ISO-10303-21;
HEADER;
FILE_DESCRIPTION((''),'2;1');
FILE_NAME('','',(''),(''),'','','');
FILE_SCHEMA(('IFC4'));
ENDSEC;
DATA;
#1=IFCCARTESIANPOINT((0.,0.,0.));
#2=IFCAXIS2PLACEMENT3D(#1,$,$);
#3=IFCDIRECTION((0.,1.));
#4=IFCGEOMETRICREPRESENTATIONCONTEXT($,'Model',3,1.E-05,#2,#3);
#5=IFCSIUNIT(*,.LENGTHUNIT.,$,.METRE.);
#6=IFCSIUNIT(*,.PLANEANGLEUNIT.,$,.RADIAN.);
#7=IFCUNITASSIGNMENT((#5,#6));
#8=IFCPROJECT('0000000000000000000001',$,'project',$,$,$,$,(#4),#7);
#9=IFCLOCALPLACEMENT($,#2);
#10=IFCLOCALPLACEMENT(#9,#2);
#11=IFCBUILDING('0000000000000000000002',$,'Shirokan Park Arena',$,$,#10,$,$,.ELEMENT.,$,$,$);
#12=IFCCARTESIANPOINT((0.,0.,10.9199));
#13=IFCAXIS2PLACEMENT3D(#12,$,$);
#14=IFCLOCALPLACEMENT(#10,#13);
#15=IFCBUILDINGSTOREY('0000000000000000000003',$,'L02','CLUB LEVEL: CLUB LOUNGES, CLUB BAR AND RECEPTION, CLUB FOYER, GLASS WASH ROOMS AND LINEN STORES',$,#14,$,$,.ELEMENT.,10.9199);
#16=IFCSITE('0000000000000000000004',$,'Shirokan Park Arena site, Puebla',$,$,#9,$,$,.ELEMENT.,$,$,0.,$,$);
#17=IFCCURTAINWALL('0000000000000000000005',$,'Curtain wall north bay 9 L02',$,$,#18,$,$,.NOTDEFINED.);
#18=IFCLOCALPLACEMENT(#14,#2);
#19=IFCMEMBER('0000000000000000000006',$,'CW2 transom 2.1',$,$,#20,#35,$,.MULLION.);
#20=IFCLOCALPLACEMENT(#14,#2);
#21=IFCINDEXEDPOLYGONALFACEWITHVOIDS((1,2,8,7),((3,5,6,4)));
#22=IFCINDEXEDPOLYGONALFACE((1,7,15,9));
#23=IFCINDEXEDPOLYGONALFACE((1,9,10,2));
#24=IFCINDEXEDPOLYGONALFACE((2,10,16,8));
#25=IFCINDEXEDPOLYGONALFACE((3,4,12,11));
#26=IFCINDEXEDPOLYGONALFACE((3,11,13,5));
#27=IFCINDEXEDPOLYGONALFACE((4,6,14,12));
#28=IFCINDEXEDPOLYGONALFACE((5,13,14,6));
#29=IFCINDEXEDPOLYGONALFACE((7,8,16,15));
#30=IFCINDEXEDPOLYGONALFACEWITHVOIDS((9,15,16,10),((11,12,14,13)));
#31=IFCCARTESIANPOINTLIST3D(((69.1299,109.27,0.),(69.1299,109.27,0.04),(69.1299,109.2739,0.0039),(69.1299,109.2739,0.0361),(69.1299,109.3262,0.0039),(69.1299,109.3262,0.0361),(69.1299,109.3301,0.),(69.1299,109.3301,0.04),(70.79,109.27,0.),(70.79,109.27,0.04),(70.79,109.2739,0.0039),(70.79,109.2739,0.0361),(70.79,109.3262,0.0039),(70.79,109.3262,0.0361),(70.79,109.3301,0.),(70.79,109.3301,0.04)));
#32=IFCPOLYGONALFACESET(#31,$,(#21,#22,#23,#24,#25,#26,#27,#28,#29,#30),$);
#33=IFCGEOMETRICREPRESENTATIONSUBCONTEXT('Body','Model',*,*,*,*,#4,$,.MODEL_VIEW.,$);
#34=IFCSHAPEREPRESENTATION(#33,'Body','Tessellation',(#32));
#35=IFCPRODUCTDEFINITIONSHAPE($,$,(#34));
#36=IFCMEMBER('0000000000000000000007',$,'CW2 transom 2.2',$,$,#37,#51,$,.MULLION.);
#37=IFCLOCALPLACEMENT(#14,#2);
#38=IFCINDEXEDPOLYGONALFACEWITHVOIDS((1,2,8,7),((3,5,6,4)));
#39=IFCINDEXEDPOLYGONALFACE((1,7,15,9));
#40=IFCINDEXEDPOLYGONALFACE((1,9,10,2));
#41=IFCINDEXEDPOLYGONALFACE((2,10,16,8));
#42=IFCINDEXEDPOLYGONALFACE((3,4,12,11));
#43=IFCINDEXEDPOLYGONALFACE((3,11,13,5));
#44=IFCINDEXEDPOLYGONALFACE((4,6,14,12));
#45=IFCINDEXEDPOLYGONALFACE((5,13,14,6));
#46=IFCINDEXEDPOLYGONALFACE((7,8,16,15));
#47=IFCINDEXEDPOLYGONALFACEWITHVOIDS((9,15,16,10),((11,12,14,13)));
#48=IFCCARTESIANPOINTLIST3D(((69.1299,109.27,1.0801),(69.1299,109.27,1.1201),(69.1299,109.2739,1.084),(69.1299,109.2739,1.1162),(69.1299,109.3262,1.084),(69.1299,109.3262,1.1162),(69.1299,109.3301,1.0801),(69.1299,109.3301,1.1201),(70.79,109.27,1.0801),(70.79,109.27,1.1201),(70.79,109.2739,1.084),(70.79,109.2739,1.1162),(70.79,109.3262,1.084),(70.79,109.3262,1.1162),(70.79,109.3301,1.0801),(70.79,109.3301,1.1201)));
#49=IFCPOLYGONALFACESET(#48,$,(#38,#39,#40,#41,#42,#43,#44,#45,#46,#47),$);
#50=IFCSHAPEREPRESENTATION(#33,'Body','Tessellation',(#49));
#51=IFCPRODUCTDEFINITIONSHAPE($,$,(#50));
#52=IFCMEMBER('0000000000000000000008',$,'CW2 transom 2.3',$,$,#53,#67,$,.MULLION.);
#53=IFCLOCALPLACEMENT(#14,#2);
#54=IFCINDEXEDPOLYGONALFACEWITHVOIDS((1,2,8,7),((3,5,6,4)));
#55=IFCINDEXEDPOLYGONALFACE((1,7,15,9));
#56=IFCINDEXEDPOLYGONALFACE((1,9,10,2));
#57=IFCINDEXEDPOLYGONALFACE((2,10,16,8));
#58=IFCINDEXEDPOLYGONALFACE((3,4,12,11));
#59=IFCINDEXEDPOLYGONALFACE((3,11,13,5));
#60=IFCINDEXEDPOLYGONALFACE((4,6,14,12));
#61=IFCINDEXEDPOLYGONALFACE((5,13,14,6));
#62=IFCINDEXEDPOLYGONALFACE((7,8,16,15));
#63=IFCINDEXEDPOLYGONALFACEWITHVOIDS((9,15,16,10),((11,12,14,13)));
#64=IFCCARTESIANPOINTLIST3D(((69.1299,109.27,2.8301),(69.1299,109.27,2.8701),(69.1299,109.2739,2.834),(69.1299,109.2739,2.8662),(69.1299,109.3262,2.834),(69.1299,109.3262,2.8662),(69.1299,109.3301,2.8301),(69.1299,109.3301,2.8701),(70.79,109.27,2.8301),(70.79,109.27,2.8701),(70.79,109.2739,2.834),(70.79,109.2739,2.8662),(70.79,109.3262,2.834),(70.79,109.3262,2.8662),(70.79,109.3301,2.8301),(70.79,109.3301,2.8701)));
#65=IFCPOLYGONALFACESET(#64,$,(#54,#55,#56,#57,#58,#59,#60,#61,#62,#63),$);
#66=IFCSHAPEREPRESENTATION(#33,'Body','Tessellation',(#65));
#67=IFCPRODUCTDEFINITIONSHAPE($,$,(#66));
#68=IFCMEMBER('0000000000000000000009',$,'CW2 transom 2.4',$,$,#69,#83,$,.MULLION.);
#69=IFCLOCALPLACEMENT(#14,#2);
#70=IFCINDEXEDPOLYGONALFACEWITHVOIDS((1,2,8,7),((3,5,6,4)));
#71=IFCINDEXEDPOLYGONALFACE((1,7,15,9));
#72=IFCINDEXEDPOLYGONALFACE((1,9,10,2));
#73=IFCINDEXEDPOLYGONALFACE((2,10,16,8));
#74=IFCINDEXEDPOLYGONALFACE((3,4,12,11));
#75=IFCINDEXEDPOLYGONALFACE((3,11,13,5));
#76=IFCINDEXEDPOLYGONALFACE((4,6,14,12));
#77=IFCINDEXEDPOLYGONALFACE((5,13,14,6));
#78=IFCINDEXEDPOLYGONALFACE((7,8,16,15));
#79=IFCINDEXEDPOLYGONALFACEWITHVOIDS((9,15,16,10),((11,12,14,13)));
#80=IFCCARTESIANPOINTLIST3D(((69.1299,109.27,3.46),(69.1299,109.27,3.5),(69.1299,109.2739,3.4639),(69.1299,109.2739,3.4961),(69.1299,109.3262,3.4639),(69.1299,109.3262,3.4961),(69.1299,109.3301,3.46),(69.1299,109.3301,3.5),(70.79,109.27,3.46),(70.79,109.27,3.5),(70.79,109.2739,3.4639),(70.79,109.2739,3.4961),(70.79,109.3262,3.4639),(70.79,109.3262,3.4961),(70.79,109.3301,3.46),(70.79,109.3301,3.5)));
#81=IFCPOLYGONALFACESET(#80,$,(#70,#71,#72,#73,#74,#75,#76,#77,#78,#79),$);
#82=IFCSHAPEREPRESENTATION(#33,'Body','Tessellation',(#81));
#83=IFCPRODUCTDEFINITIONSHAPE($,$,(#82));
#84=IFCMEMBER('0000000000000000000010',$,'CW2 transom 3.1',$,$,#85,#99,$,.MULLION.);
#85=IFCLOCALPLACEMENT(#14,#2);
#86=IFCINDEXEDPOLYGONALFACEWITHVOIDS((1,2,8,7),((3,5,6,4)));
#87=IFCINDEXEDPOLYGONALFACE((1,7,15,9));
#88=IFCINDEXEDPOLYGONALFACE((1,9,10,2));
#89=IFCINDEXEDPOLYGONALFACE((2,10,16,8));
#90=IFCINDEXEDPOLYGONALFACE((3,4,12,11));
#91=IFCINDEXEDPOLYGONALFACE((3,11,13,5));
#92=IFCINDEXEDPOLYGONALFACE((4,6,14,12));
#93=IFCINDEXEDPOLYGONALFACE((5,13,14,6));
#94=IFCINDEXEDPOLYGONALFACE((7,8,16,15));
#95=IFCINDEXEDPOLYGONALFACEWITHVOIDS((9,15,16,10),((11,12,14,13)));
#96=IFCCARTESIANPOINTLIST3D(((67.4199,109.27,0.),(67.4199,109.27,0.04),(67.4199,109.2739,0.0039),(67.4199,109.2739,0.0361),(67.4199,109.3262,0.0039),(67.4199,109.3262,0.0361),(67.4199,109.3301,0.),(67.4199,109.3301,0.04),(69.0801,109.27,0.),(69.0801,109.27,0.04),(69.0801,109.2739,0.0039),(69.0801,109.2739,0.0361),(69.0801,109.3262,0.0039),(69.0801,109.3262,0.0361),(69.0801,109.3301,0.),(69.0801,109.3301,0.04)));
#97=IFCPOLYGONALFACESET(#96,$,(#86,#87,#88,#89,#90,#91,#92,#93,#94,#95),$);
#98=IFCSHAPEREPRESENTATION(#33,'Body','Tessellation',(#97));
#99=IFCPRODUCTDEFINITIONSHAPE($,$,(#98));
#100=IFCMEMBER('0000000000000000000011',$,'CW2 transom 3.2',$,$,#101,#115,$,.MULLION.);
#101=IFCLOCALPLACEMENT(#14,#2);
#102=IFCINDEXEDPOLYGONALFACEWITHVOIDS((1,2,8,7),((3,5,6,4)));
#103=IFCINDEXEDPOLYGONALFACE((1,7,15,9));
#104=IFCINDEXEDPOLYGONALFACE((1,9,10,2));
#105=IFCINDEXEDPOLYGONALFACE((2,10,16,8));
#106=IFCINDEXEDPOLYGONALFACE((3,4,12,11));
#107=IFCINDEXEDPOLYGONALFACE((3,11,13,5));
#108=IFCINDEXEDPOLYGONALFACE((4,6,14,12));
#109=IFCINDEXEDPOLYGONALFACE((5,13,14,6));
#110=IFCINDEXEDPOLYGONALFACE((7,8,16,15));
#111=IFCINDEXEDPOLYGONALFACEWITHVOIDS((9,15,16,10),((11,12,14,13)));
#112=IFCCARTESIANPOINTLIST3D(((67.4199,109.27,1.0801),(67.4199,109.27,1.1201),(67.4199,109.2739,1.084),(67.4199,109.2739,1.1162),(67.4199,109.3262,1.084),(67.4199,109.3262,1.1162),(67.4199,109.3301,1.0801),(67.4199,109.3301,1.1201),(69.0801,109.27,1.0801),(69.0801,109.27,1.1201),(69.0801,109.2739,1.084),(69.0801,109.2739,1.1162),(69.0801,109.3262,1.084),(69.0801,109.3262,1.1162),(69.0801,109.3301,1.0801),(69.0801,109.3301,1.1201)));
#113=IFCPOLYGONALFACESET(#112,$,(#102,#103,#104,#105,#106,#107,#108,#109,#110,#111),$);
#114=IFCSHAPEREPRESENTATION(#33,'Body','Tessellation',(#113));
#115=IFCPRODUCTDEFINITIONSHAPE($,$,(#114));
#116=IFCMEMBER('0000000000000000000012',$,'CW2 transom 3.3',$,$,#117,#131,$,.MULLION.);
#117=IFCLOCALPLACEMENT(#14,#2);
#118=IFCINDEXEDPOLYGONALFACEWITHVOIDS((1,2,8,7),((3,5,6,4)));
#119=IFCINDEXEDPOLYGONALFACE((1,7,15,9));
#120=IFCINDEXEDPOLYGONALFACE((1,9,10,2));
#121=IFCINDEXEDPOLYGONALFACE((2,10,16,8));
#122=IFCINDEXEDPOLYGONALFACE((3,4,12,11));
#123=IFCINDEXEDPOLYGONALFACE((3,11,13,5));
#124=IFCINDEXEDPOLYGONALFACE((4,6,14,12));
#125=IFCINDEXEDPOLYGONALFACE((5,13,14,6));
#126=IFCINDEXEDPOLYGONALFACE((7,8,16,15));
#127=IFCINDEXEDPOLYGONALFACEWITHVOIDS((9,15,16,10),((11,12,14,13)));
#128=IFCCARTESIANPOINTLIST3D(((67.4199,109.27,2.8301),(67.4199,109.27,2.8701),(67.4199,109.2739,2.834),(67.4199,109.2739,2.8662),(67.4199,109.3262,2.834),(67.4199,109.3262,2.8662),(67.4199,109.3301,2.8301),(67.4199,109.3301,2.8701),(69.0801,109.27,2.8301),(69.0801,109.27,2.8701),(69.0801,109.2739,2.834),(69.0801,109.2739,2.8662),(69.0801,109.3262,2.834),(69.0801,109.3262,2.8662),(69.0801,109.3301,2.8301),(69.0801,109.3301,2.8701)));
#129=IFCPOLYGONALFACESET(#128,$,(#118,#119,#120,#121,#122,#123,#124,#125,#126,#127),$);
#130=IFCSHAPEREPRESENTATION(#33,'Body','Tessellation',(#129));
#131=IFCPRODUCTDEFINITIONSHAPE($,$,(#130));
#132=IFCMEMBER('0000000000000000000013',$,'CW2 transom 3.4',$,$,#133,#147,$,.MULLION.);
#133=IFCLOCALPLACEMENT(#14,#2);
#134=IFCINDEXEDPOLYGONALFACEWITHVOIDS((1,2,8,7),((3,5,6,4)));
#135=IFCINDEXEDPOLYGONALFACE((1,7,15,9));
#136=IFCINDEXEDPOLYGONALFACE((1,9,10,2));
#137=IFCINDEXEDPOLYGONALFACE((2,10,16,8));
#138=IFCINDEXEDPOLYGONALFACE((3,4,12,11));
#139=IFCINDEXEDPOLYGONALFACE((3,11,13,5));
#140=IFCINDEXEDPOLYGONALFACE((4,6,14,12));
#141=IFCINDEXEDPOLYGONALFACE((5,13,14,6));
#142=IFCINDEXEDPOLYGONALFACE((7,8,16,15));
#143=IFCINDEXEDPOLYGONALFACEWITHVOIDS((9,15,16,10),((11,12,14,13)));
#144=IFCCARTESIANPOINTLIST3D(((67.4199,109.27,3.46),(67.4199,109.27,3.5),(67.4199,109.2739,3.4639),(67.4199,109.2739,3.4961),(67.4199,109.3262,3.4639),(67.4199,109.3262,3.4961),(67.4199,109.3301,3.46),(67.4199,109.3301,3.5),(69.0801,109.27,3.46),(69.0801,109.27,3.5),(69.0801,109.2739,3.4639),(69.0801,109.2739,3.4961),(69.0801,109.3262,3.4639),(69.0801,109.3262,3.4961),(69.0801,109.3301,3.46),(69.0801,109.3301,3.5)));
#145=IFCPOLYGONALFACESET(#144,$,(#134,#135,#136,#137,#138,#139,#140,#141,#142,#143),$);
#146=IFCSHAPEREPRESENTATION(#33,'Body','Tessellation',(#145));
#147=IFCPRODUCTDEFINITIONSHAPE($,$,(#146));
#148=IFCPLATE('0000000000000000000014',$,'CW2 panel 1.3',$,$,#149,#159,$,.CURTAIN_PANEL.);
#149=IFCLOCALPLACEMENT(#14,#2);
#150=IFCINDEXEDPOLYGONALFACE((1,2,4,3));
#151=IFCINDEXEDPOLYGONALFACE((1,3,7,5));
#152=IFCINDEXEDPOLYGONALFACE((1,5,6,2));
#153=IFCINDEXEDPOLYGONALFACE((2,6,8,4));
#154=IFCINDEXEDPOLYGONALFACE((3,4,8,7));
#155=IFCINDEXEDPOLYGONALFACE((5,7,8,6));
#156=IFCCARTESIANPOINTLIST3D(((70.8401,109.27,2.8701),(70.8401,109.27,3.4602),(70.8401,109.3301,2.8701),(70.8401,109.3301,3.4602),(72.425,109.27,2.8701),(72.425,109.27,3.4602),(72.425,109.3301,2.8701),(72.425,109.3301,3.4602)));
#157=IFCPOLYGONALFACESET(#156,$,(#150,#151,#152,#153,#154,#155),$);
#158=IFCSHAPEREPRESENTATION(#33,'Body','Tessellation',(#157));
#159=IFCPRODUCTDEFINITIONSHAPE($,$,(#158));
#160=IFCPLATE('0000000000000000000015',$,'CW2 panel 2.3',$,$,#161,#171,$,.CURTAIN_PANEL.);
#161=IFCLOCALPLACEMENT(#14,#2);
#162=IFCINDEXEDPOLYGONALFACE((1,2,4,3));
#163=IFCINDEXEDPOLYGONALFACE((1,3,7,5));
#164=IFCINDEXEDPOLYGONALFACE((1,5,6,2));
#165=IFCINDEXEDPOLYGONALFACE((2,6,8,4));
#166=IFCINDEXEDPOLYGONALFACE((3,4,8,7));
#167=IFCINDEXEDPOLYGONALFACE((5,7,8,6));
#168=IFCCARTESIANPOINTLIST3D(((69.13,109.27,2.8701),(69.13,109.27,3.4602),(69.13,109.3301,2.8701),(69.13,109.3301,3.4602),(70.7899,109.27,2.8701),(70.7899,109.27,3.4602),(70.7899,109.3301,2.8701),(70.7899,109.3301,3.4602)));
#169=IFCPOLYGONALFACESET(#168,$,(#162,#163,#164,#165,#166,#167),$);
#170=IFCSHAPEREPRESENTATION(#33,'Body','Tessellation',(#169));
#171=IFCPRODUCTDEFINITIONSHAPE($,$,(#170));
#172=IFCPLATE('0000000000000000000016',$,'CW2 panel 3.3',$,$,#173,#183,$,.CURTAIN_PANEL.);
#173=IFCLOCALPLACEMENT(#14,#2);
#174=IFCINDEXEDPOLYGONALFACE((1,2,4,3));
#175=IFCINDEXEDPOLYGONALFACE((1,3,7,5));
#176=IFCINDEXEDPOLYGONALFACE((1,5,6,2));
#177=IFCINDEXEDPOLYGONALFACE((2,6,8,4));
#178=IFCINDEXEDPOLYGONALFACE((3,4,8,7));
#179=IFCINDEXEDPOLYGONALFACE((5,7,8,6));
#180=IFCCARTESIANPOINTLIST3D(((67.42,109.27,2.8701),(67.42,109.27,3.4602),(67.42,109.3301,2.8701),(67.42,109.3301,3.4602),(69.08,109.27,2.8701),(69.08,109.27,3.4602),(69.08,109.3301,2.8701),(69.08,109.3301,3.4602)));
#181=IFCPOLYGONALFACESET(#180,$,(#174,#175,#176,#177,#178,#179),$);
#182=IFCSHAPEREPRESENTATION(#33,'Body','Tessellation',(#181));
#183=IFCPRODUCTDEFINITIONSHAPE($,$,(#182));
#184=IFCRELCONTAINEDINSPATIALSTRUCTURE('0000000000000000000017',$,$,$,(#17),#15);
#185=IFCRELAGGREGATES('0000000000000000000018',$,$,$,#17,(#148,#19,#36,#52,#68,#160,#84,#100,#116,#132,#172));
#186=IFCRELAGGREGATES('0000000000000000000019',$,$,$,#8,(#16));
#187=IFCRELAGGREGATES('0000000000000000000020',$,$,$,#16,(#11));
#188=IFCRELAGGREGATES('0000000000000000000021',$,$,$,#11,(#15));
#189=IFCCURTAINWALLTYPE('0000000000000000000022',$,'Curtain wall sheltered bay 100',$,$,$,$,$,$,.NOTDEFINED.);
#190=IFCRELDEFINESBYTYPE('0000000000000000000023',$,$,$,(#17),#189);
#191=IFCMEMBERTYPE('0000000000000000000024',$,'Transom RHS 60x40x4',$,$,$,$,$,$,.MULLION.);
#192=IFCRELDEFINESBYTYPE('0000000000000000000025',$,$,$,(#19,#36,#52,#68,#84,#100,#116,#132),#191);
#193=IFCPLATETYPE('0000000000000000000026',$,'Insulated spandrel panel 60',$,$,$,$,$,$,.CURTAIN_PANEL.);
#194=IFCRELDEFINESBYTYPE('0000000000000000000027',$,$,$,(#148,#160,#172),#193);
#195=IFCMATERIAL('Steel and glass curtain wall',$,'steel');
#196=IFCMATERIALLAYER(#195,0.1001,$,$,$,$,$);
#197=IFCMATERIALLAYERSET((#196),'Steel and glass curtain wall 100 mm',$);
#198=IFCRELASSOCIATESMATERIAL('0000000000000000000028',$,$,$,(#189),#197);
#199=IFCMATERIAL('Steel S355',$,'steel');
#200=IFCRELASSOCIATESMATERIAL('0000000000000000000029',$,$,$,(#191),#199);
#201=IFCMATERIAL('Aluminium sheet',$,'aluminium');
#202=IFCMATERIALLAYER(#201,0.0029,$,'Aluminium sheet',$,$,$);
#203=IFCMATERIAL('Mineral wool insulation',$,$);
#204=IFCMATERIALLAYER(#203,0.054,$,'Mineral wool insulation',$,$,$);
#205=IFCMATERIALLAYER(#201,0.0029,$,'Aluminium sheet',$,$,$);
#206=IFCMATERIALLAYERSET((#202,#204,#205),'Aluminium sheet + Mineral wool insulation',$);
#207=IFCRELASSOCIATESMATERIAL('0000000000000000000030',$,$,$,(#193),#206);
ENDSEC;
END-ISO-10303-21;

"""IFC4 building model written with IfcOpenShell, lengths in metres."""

from ifc_helpers import new_model, si_unit, direction, frame, origin, origin_2d, place, context, subcontext, project, spatial, rectangle, hollow_rectangle, extrude, material, layer, layer_set, material_profile, profile_set, type_object, element, aggregate, save


model = new_model("IFC4")

# Units and contexts
model_context = context("Model", 3, precision=1e-05, world=origin(), true_north=direction((0.0, 1.0)))
body_context = subcontext(model_context, "Body", "Model", "MODEL_VIEW")
ifc_project = project(units=[si_unit("LENGTHUNIT", "METRE"), si_unit("PLANEANGLEUNIT", "RADIAN")], contexts=[model_context])

# Site, building, storey
site_placement = place(None, origin())
site = spatial("IfcSite", under=ifc_project, at=site_placement, Name="Shirokan Park Arena site, Puebla", CompositionType="ELEMENT", RefElevation=0.0)
building_placement = place(site_placement, origin())
building = spatial("IfcBuilding", under=site, at=building_placement, Name="Shirokan Park Arena", CompositionType="ELEMENT")
storey_placement = place(building_placement, frame((0.0, 0.0, 10.9199)))
storey = spatial("IfcBuildingStorey", under=building, at=storey_placement, Name="L02", Description="CLUB LEVEL: CLUB LOUNGES, CLUB BAR AND RECEPTION, CLUB FOYER, GLASS WASH ROOMS AND LINEN STORES", CompositionType="ELEMENT", Elevation=10.9199)

# Curtain wall
ifc_material_1 = material(Name="Steel and glass curtain wall", Category="steel")
ifc_layer_1 = layer(ifc_material_1, 0.1001)
ifc_layer_set_1 = layer_set([ifc_layer_1], Name="Steel and glass curtain wall 100 mm")
curtain_wall_type = type_object("IfcCurtainWallType", Name="Curtain wall sheltered bay 100", PredefinedType="NOTDEFINED", material=ifc_layer_set_1)
curtain_wall_placement = place(storey_placement, origin())
curtain_wall = element("IfcCurtainWall", 1, at=curtain_wall_placement, inside=storey, type_object=curtain_wall_type, Name="Curtain wall north bay 9 L02", PredefinedType="NOTDEFINED")
ifc_material_2 = material(Name="Steel S355", Category="steel")

# Members
ifc_material_profile_1 = material_profile(ifc_material_2, hollow_rectangle(XDim=0.0601, YDim=0.04, WallThickness=0.0039, at=origin_2d()), Name="RHS 60x40x4")
ifc_profile_set_1 = profile_set([ifc_material_profile_1], Name="Steel S355")
member_type_1 = type_object("IfcMemberType", Name="Transom RHS 60x40x4", PredefinedType="MULLION", material=ifc_profile_set_1)
member_1_placement = place(storey_placement, frame((70.79, 109.3, 0.02), z_axis=(-1.0, 0.0, 0.0), x_axis=(0.0, -1.0, 0.0)))
member_1 = element("IfcMember", 2, at=member_1_placement, type_object=member_type_1, Name="CW2 transom 2.1", PredefinedType="MULLION", context=body_context, shape_type="SweptSolid", body=[
    extrude(hollow_rectangle(XDim=0.0601, YDim=0.04, WallThickness=0.0039, at=origin_2d()), origin(), (0.0, 0.0, 1.0), 1.6602),
])
member_2_placement = place(storey_placement, frame((70.79, 109.3, 1.1001), z_axis=(-1.0, 0.0, 0.0), x_axis=(0.0, -1.0, 0.0)))
member_2 = element("IfcMember", 3, at=member_2_placement, type_object=member_type_1, Name="CW2 transom 2.2", PredefinedType="MULLION", context=body_context, shape_type="SweptSolid", body=[
    extrude(hollow_rectangle(XDim=0.0601, YDim=0.04, WallThickness=0.0039, at=origin_2d()), origin(), (0.0, 0.0, 1.0), 1.6602),
])
member_3_placement = place(storey_placement, frame((70.79, 109.3, 2.8501), z_axis=(-1.0, 0.0, 0.0), x_axis=(0.0, -1.0, 0.0)))
member_3 = element("IfcMember", 4, at=member_3_placement, type_object=member_type_1, Name="CW2 transom 2.3", PredefinedType="MULLION", context=body_context, shape_type="SweptSolid", body=[
    extrude(hollow_rectangle(XDim=0.0601, YDim=0.04, WallThickness=0.0039, at=origin_2d()), origin(), (0.0, 0.0, 1.0), 1.6602),
])
member_4_placement = place(storey_placement, frame((70.79, 109.3, 3.48), z_axis=(-1.0, 0.0, 0.0), x_axis=(0.0, -1.0, 0.0)))
member_4 = element("IfcMember", 5, at=member_4_placement, type_object=member_type_1, Name="CW2 transom 2.4", PredefinedType="MULLION", context=body_context, shape_type="SweptSolid", body=[
    extrude(hollow_rectangle(XDim=0.0601, YDim=0.04, WallThickness=0.0039, at=origin_2d()), origin(), (0.0, 0.0, 1.0), 1.6602),
])
member_5_placement = place(storey_placement, frame((69.0801, 109.3, 0.02), z_axis=(-1.0, 0.0, 0.0), x_axis=(0.0, -1.0, 0.0)))
member_5 = element("IfcMember", 6, at=member_5_placement, type_object=member_type_1, Name="CW2 transom 3.1", PredefinedType="MULLION", context=body_context, shape_type="SweptSolid", body=[
    extrude(hollow_rectangle(XDim=0.0601, YDim=0.04, WallThickness=0.0039, at=origin_2d()), origin(), (0.0, 0.0, 1.0), 1.6602),
])
member_6_placement = place(storey_placement, frame((69.0801, 109.3, 1.1001), z_axis=(-1.0, 0.0, 0.0), x_axis=(0.0, -1.0, 0.0)))
member_6 = element("IfcMember", 7, at=member_6_placement, type_object=member_type_1, Name="CW2 transom 3.2", PredefinedType="MULLION", context=body_context, shape_type="SweptSolid", body=[
    extrude(hollow_rectangle(XDim=0.0601, YDim=0.04, WallThickness=0.0039, at=origin_2d()), origin(), (0.0, 0.0, 1.0), 1.6602),
])
member_7_placement = place(storey_placement, frame((69.0801, 109.3, 2.8501), z_axis=(-1.0, 0.0, 0.0), x_axis=(0.0, -1.0, 0.0)))
member_7 = element("IfcMember", 8, at=member_7_placement, type_object=member_type_1, Name="CW2 transom 3.3", PredefinedType="MULLION", context=body_context, shape_type="SweptSolid", body=[
    extrude(hollow_rectangle(XDim=0.0601, YDim=0.04, WallThickness=0.0039, at=origin_2d()), origin(), (0.0, 0.0, 1.0), 1.6602),
])
member_8_placement = place(storey_placement, frame((69.0801, 109.3, 3.48), z_axis=(-1.0, 0.0, 0.0), x_axis=(0.0, -1.0, 0.0)))
member_8 = element("IfcMember", 9, at=member_8_placement, type_object=member_type_1, Name="CW2 transom 3.4", PredefinedType="MULLION", context=body_context, shape_type="SweptSolid", body=[
    extrude(hollow_rectangle(XDim=0.0601, YDim=0.04, WallThickness=0.0039, at=origin_2d()), origin(), (0.0, 0.0, 1.0), 1.6602),
])

# Plates
ifc_material_3 = material(Name="Aluminium sheet", Category="aluminium")
ifc_layer_2 = layer(ifc_material_3, 0.0029, Name="Aluminium sheet")
ifc_material_4 = material(Name="Mineral wool insulation")
ifc_layer_3 = layer(ifc_material_4, 0.054, Name="Mineral wool insulation")
ifc_layer_4 = layer(ifc_material_3, 0.0029, Name="Aluminium sheet")
ifc_layer_set_2 = layer_set([ifc_layer_2, ifc_layer_3, ifc_layer_4], Name="Aluminium sheet + Mineral wool insulation")
plate_type_1 = type_object("IfcPlateType", Name="Insulated spandrel panel 60", PredefinedType="CURTAIN_PANEL", material=ifc_layer_set_2)
plate_1_placement = place(storey_placement, frame((71.6326, 109.3, 2.8701), z_axis=(0.0, 0.0, 1.0), x_axis=(-1.0, 0.0, 0.0)))
plate_1 = element("IfcPlate", 10, at=plate_1_placement, type_object=plate_type_1, Name="CW2 panel 1.3", PredefinedType="CURTAIN_PANEL", context=body_context, shape_type="SweptSolid", body=[
    extrude(rectangle(XDim=1.585, YDim=0.0601, at=origin_2d()), origin(), (0.0, 0.0, 1.0), 0.5901),
])
plate_2_placement = place(storey_placement, frame((69.96, 109.3, 2.8701), z_axis=(0.0, 0.0, 1.0), x_axis=(-1.0, 0.0, 0.0)))
plate_2 = element("IfcPlate", 11, at=plate_2_placement, type_object=plate_type_1, Name="CW2 panel 2.3", PredefinedType="CURTAIN_PANEL", context=body_context, shape_type="SweptSolid", body=[
    extrude(rectangle(XDim=1.6599, YDim=0.0601, at=origin_2d()), origin(), (0.0, 0.0, 1.0), 0.5901),
])
plate_3_placement = place(storey_placement, frame((68.25, 109.3, 2.8701), z_axis=(0.0, 0.0, 1.0), x_axis=(-1.0, 0.0, 0.0)))
plate_3 = element("IfcPlate", 12, at=plate_3_placement, type_object=plate_type_1, Name="CW2 panel 3.3", PredefinedType="CURTAIN_PANEL", context=body_context, shape_type="SweptSolid", body=[
    extrude(rectangle(XDim=1.6599, YDim=0.0601, at=origin_2d()), origin(), (0.0, 0.0, 1.0), 0.5901),
])
aggregate(curtain_wall, [plate_1, member_1, member_2, member_3, member_4, plate_2, member_5, member_6, member_7, member_8, plate_3])

save(model, "model.ifc")
